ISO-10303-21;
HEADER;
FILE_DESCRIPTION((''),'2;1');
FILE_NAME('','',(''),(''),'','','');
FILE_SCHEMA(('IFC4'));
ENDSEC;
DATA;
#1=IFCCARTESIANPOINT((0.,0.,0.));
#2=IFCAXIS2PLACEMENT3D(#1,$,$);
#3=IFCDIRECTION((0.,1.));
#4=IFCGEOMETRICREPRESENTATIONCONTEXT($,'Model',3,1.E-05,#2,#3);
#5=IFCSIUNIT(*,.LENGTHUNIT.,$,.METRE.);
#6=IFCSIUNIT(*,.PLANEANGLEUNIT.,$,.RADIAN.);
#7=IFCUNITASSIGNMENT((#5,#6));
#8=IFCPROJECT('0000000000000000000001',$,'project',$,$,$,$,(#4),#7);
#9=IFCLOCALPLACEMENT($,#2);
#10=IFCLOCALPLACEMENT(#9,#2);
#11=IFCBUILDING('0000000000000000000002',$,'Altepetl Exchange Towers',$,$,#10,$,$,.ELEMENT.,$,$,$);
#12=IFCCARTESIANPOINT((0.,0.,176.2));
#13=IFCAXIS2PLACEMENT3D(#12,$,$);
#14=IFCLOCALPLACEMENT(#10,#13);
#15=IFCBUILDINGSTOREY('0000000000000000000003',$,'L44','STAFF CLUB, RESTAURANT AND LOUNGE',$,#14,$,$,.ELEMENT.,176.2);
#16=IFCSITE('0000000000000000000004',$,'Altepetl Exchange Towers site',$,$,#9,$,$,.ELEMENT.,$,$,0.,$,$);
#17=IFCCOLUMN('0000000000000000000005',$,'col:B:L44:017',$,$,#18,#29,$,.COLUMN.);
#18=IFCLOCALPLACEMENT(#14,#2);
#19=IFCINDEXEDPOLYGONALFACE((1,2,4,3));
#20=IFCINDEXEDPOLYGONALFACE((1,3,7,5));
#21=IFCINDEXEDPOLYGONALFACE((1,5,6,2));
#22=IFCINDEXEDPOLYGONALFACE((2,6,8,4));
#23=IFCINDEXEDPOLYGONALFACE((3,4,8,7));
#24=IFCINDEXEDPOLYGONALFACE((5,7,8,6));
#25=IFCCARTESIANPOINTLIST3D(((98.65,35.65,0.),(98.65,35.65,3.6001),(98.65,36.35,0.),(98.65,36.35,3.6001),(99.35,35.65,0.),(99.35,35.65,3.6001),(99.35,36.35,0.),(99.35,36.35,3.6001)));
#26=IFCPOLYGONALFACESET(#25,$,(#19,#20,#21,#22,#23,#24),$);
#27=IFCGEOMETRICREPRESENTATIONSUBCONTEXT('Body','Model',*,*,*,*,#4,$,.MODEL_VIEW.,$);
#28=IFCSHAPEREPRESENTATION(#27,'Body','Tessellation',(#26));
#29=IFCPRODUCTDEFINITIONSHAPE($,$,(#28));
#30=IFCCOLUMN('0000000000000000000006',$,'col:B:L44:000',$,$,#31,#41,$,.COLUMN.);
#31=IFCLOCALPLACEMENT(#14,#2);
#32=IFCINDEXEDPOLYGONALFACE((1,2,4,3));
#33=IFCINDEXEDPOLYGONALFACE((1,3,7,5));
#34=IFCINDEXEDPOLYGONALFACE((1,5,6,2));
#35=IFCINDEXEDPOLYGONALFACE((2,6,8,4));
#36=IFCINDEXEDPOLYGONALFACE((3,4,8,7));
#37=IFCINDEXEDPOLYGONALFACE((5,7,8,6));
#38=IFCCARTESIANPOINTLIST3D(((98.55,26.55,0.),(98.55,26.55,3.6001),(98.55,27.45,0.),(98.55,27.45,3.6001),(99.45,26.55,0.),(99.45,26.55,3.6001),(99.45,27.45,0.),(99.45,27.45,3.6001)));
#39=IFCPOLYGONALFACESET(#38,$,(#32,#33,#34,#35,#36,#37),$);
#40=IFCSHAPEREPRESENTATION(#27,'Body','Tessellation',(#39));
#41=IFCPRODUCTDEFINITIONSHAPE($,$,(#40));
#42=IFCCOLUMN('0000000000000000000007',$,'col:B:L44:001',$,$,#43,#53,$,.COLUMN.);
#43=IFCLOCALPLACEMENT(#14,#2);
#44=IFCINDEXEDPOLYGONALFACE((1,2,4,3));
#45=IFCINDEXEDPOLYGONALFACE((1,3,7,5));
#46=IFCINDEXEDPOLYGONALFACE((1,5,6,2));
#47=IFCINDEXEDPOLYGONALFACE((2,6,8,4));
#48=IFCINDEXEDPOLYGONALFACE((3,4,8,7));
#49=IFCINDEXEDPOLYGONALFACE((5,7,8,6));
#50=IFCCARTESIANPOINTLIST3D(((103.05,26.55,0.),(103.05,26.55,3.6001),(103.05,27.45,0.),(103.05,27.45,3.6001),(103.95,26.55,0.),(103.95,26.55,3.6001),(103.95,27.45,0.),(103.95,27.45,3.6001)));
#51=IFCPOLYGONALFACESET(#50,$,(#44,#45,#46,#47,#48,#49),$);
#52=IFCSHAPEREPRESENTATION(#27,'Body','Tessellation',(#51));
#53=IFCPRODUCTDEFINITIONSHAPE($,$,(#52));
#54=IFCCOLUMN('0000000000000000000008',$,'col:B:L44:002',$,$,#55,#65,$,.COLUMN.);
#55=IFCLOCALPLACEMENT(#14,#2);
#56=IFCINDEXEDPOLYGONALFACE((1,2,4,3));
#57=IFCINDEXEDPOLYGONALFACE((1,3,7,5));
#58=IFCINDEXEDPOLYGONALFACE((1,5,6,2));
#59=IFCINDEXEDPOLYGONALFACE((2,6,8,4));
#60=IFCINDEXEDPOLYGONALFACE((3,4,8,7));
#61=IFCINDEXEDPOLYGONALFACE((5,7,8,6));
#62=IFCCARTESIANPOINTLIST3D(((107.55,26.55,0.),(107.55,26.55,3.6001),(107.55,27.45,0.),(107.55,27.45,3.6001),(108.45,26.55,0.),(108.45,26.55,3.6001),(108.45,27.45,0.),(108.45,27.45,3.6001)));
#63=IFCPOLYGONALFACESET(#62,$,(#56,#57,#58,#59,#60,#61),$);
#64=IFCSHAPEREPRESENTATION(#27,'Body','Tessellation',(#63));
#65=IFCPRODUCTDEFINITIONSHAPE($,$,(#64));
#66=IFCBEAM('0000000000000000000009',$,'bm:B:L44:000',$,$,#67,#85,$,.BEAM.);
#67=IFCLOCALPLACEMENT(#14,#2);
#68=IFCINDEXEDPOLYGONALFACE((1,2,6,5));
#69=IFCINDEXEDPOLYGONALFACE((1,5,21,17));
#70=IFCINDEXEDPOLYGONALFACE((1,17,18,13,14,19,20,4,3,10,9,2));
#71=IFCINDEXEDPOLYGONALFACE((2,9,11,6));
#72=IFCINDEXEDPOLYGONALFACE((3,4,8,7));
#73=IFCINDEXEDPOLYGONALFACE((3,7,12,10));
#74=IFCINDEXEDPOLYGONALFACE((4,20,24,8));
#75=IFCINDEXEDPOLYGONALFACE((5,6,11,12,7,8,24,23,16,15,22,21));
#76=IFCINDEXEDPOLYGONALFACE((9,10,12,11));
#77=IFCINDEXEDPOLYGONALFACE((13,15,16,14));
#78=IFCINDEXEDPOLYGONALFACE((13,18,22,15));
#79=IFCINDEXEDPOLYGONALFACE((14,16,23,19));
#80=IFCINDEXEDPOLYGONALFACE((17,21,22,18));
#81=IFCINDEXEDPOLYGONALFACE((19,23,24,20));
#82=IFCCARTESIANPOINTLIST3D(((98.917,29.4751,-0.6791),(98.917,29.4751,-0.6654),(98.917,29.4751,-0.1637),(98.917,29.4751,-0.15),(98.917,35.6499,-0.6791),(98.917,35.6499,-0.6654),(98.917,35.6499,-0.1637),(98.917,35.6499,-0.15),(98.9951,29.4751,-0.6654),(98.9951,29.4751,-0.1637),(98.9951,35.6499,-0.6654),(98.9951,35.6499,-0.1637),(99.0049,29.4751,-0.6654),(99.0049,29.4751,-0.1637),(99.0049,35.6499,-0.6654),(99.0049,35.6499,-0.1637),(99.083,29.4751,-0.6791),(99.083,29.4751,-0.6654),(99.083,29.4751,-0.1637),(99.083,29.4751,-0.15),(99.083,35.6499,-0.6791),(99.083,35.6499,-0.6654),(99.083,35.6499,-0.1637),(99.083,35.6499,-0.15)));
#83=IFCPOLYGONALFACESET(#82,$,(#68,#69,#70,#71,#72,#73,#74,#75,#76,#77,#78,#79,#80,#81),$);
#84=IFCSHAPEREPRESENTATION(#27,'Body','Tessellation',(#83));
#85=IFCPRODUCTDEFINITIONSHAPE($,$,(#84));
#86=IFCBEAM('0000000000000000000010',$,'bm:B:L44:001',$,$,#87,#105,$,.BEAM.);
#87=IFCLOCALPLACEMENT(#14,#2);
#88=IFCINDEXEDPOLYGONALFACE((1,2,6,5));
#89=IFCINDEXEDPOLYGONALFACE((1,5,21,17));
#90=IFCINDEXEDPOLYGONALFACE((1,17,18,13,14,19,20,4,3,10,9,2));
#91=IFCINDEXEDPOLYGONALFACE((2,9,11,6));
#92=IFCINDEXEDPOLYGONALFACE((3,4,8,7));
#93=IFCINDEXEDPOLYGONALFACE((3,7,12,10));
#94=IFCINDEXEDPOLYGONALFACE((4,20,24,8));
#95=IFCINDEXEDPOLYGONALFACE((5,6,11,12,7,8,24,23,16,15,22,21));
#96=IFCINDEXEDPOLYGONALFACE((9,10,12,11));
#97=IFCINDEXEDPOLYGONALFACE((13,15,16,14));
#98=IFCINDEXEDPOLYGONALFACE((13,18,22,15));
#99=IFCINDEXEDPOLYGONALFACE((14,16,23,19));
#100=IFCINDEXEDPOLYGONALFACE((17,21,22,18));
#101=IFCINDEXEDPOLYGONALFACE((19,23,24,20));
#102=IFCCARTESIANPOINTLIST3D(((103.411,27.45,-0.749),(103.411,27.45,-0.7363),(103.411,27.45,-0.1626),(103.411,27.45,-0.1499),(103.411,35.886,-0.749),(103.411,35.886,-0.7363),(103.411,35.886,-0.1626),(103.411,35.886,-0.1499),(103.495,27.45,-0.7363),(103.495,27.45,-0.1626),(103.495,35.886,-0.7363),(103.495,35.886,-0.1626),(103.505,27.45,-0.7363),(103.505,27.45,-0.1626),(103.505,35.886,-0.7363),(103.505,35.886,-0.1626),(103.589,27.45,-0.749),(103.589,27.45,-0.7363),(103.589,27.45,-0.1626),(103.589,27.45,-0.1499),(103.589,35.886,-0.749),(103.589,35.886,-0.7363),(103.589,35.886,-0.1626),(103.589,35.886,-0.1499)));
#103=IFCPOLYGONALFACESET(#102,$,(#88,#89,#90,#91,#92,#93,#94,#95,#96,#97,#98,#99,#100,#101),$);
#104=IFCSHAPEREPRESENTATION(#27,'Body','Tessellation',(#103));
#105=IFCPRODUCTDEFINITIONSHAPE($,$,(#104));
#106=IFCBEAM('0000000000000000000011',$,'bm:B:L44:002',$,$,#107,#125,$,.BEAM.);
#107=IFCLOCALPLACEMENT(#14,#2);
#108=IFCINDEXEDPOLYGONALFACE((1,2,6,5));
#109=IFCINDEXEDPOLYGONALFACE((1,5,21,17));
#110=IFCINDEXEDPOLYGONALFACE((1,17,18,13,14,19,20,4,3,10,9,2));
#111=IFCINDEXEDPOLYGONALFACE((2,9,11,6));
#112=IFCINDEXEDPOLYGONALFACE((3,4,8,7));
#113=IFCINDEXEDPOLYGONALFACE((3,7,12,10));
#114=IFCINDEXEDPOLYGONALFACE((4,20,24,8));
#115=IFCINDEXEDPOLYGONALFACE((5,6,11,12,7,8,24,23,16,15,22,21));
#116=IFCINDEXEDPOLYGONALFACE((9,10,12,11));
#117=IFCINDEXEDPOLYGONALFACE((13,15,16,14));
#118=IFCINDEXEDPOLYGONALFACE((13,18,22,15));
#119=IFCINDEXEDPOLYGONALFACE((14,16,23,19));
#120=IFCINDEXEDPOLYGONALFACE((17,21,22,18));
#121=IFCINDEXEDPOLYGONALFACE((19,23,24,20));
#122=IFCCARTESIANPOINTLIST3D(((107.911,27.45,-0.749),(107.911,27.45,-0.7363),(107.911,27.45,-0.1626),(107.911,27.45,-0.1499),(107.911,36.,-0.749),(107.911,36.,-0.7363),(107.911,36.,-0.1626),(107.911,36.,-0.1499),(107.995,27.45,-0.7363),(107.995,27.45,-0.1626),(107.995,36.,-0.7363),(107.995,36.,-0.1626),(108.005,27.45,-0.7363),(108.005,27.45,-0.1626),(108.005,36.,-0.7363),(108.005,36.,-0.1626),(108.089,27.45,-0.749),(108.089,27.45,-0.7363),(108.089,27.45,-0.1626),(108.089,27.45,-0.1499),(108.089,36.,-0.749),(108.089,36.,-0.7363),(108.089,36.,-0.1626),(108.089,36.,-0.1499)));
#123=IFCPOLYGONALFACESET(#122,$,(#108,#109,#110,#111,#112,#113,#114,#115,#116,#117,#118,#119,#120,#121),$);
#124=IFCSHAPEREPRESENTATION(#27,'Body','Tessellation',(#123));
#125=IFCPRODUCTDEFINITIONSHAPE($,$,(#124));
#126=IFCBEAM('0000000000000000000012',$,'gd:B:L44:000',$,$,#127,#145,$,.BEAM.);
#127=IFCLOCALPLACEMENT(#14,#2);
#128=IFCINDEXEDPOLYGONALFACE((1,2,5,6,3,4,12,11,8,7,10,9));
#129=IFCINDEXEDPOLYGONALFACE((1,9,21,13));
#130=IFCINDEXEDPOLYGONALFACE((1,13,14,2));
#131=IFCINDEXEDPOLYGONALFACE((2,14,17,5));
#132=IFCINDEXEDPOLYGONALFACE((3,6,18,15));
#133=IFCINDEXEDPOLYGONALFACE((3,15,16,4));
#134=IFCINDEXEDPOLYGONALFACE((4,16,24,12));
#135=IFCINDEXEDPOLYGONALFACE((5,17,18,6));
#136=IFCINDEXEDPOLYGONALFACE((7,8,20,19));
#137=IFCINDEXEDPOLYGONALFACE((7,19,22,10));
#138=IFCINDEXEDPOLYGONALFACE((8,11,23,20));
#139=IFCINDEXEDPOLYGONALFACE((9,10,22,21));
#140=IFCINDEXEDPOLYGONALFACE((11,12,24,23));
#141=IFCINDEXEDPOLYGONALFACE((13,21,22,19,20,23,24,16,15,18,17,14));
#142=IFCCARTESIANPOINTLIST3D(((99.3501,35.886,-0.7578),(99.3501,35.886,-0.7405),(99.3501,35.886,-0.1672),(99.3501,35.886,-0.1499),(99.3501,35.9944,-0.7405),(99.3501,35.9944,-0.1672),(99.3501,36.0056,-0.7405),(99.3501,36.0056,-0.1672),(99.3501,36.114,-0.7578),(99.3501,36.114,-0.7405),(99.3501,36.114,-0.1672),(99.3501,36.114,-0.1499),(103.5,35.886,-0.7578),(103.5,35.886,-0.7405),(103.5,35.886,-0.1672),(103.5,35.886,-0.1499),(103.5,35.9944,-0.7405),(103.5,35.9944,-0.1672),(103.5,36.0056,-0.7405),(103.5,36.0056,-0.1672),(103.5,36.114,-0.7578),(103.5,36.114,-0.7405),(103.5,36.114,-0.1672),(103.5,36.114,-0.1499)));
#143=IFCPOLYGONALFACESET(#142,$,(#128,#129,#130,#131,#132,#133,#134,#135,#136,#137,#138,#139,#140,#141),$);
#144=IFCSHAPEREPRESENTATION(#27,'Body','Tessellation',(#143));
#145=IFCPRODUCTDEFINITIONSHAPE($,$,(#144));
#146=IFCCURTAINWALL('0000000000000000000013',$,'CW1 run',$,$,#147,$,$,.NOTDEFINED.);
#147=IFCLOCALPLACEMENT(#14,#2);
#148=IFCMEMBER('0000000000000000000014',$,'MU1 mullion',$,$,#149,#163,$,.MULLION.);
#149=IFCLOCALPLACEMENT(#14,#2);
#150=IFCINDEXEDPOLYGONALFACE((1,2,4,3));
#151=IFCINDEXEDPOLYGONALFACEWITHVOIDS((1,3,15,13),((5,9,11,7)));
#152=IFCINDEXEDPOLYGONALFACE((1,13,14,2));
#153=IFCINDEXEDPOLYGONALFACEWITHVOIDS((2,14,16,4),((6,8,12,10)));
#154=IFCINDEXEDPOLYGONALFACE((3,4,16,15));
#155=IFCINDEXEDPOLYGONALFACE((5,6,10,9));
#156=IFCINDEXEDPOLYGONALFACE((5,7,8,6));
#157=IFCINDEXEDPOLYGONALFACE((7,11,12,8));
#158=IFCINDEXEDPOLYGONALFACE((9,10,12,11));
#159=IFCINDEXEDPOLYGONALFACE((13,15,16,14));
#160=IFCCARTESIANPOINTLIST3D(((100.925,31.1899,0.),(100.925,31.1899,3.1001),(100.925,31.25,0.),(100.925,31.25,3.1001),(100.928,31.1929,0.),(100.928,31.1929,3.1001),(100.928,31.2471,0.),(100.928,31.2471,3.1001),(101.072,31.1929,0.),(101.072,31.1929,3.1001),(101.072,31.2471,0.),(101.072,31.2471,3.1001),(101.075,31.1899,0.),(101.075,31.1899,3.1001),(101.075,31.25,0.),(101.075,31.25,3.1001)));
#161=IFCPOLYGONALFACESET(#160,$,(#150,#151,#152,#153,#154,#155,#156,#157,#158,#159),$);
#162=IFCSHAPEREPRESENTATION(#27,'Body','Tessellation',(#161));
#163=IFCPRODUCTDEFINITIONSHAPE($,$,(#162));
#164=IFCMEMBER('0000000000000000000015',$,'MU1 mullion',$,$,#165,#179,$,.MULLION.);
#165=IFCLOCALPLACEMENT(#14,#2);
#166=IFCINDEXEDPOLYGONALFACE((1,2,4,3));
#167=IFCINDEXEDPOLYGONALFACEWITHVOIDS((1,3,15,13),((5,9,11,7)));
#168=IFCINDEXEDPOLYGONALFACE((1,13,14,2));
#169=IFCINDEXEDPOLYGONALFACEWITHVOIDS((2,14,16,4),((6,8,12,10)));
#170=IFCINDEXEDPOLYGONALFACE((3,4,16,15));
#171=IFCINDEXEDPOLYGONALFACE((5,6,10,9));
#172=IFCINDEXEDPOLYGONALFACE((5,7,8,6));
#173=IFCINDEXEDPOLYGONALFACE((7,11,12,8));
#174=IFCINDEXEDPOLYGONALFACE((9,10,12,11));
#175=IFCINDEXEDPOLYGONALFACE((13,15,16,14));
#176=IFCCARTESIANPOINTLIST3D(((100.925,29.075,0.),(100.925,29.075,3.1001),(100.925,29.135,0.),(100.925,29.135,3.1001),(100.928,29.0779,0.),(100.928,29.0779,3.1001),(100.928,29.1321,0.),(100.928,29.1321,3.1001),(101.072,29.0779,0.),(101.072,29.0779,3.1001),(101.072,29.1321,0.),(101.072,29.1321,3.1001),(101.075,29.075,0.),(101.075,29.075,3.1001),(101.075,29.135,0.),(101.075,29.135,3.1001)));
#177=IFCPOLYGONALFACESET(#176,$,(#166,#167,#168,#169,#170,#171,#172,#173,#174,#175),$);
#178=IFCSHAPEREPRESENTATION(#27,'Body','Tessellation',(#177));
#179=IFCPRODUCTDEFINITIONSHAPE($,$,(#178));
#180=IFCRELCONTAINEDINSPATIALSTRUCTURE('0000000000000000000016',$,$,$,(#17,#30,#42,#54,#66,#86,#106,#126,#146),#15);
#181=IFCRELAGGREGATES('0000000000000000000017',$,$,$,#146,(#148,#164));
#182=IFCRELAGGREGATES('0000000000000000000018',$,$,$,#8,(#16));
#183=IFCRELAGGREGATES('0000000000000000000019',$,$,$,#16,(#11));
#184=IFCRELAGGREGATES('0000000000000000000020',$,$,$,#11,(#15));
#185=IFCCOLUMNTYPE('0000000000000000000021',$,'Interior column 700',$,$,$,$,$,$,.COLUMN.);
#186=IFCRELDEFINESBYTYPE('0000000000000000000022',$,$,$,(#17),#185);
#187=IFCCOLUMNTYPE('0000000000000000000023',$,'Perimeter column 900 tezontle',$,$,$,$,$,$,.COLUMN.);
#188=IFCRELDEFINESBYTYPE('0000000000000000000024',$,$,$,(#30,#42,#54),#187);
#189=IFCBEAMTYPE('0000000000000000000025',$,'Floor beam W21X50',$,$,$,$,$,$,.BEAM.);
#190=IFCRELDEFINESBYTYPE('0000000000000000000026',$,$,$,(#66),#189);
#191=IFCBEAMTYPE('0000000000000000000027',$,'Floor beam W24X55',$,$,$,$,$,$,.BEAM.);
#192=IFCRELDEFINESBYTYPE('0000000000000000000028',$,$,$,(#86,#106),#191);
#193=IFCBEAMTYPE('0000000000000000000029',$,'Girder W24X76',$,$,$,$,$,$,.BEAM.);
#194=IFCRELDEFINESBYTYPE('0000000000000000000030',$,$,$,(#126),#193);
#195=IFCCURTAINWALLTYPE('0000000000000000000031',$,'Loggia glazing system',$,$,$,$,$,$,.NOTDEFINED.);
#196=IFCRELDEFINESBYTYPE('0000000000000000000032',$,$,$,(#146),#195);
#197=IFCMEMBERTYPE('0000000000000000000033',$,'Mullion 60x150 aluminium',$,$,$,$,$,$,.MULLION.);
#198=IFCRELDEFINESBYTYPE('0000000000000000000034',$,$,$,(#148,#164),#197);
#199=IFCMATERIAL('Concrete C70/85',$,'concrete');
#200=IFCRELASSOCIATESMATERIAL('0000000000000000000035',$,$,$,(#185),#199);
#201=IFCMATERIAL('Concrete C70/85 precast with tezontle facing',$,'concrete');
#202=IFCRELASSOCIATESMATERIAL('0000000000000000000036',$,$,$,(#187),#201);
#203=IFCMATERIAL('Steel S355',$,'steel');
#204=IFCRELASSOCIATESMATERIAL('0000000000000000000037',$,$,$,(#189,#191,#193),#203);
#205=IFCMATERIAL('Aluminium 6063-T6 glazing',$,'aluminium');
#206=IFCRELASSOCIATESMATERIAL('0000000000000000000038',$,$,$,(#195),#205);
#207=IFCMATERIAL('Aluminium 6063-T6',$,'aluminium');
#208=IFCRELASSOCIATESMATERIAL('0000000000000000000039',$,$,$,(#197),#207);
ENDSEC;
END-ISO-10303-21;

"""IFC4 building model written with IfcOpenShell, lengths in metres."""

from ifc_helpers import new_model, si_unit, direction, frame, origin, origin_2d, place, context, subcontext, project, spatial, rectangle, hollow_rectangle, i_section, extrude, material, material_profile, profile_set, type_object, element, aggregate, save


model = new_model("IFC4")

# Units and contexts
model_context = context("Model", 3, precision=1e-05, world=origin(), true_north=direction((0.0, 1.0)))
body_context = subcontext(model_context, "Body", "Model", "MODEL_VIEW")
ifc_project = project(units=[si_unit("LENGTHUNIT", "METRE"), si_unit("PLANEANGLEUNIT", "RADIAN")], contexts=[model_context])

# Site, building, storey
site_placement = place(None, origin())
site = spatial("IfcSite", under=ifc_project, at=site_placement, Name="Altepetl Exchange Towers site", CompositionType="ELEMENT", RefElevation=0.0)
building_placement = place(site_placement, origin())
building = spatial("IfcBuilding", under=site, at=building_placement, Name="Altepetl Exchange Towers", CompositionType="ELEMENT")
storey_placement = place(building_placement, frame((0.0, 0.0, 176.2)))
storey = spatial("IfcBuildingStorey", under=building, at=storey_placement, Name="L44", Description="STAFF CLUB, RESTAURANT AND LOUNGE", CompositionType="ELEMENT", Elevation=176.2)

# Columns
ifc_material_1 = material(Name="Concrete C70/85", Category="concrete")
ifc_material_profile_1 = material_profile(ifc_material_1, rectangle(XDim=0.7, YDim=0.7, at=origin_2d()), Name="700 x 700")
ifc_profile_set_1 = profile_set([ifc_material_profile_1], Name="Concrete C70/85")
column_type_1 = type_object("IfcColumnType", Name="Interior column 700", PredefinedType="COLUMN", material=ifc_profile_set_1)
column_placement = place(storey_placement, frame((99.0, 36.0, 0.0)))
element("IfcColumn", 1, at=column_placement, inside=storey, type_object=column_type_1, Name="col:B:L44:017", PredefinedType="COLUMN", context=body_context, shape_type="SweptSolid", body=[
    extrude(rectangle(XDim=0.7, YDim=0.7, at=origin_2d()), origin(), (0.0, 0.0, 1.0), 3.6001),
])
ifc_material_2 = material(Name="Concrete C70/85 precast with tezontle facing", Category="concrete")
ifc_material_profile_2 = material_profile(ifc_material_2, rectangle(XDim=0.8999, YDim=0.8999, at=origin_2d()), Name="900 x 900")
ifc_profile_set_2 = profile_set([ifc_material_profile_2], Name="Concrete C70/85 precast with tezontle facing")
column_type_2 = type_object("IfcColumnType", Name="Perimeter column 900 tezontle", PredefinedType="COLUMN", material=ifc_profile_set_2)
for number, where, name in (
    (2, (99.0, 27.0, 0.0), "col:B:L44:000"),
    (3, (103.5, 27.0, 0.0), "col:B:L44:001"),
    (4, (108.0, 27.0, 0.0), "col:B:L44:002"),
):
    element("IfcColumn", number, at=place(storey_placement, frame(where)), inside=storey, type_object=column_type_2, Name=name, PredefinedType="COLUMN", context=body_context, shape_type="SweptSolid", body=[
        extrude(rectangle(XDim=0.8999, YDim=0.8999, at=origin_2d()), origin(), (0.0, 0.0, 1.0), 3.6001),
    ])

# Beams
ifc_material_3 = material(Name="Steel S355", Category="steel")
ifc_material_profile_3 = material_profile(ifc_material_3, i_section(OverallWidth=0.166, OverallDepth=0.5291, WebThickness=0.0098, FlangeThickness=0.0137, at=origin_2d()), Name="W21X50")
ifc_profile_set_3 = profile_set([ifc_material_profile_3], Name="Steel S355")
beam_type_1 = type_object("IfcBeamType", Name="Floor beam W21X50", PredefinedType="BEAM", material=ifc_profile_set_3)
beam_1_placement = place(storey_placement, frame((99.0, 29.4751, -0.4146), z_axis=(0.0, 1.0, 0.0), x_axis=(-1.0, 0.0, 0.0)))
element("IfcBeam", 5, at=beam_1_placement, inside=storey, type_object=beam_type_1, Name="bm:B:L44:000", PredefinedType="BEAM", context=body_context, shape_type="SweptSolid", body=[
    extrude(i_section(OverallWidth=0.166, OverallDepth=0.5291, WebThickness=0.0098, FlangeThickness=0.0137, at=origin_2d()), origin(), (0.0, 0.0, 1.0), 6.1748),
])
ifc_material_profile_4 = material_profile(ifc_material_3, i_section(OverallWidth=0.178, OverallDepth=0.5991, WebThickness=0.01, FlangeThickness=0.0127, at=origin_2d()), Name="W24X55")
ifc_profile_set_4 = profile_set([ifc_material_profile_4], Name="Steel S355")
beam_type_2 = type_object("IfcBeamType", Name="Floor beam W24X55", PredefinedType="BEAM", material=ifc_profile_set_4)
beam_2_placement = place(storey_placement, frame((103.5, 27.45, -0.4495), z_axis=(0.0, 1.0, 0.0), x_axis=(-1.0, 0.0, 0.0)))
element("IfcBeam", 6, at=beam_2_placement, inside=storey, type_object=beam_type_2, Name="bm:B:L44:001", PredefinedType="BEAM", context=body_context, shape_type="SweptSolid", body=[
    extrude(i_section(OverallWidth=0.178, OverallDepth=0.5991, WebThickness=0.01, FlangeThickness=0.0127, at=origin_2d()), origin(), (0.0, 0.0, 1.0), 8.436),
])
beam_3_placement = place(storey_placement, frame((108.0, 27.45, -0.4495), z_axis=(0.0, 1.0, 0.0), x_axis=(-1.0, 0.0, 0.0)))
element("IfcBeam", 7, at=beam_3_placement, inside=storey, type_object=beam_type_2, Name="bm:B:L44:002", PredefinedType="BEAM", context=body_context, shape_type="SweptSolid", body=[
    extrude(i_section(OverallWidth=0.178, OverallDepth=0.5991, WebThickness=0.01, FlangeThickness=0.0127, at=origin_2d()), origin(), (0.0, 0.0, 1.0), 8.55),
])
ifc_material_profile_5 = material_profile(ifc_material_3, i_section(OverallWidth=0.228, OverallDepth=0.6079, WebThickness=0.0112, FlangeThickness=0.0173, at=origin_2d()), Name="W24X76")
ifc_profile_set_5 = profile_set([ifc_material_profile_5], Name="Steel S355")
beam_type_3 = type_object("IfcBeamType", Name="Girder W24X76", PredefinedType="BEAM", material=ifc_profile_set_5)
beam_4_placement = place(storey_placement, frame((103.5, 36.0, -0.4539), z_axis=(-1.0, 0.0, 0.0), x_axis=(0.0, -1.0, 0.0)))
element("IfcBeam", 8, at=beam_4_placement, inside=storey, type_object=beam_type_3, Name="gd:B:L44:000", PredefinedType="BEAM", context=body_context, shape_type="SweptSolid", body=[
    extrude(i_section(OverallWidth=0.228, OverallDepth=0.6079, WebThickness=0.0112, FlangeThickness=0.0173, at=origin_2d()), origin(), (0.0, 0.0, 1.0), 4.1499),
])

# Curtain wall, members
ifc_material_4 = material(Name="Aluminium 6063-T6 glazing", Category="aluminium")
curtain_wall_type = type_object("IfcCurtainWallType", Name="Loggia glazing system", PredefinedType="NOTDEFINED", material=ifc_material_4)
curtain_wall_1_placement = place(storey_placement, origin())
curtain_wall_1 = element("IfcCurtainWall", 9, at=curtain_wall_1_placement, inside=storey, type_object=curtain_wall_type, Name="CW1 run", PredefinedType="NOTDEFINED")
ifc_material_5 = material(Name="Aluminium 6063-T6", Category="aluminium")
ifc_material_profile_6 = material_profile(ifc_material_5, hollow_rectangle(XDim=0.0601, YDim=0.1499, WallThickness=0.0029, at=origin_2d()), Name="Mullion 60x150 aluminium")
ifc_profile_set_6 = profile_set([ifc_material_profile_6], Name="Aluminium 6063-T6")
member_type = type_object("IfcMemberType", Name="Mullion 60x150 aluminium", PredefinedType="MULLION", material=ifc_profile_set_6)
member_1_placement = place(storey_placement, frame((101.0, 31.22, 0.0), z_axis=(0.0, 0.0, 1.0), x_axis=(0.0, -1.0, 0.0)))
member_1 = element("IfcMember", 10, at=member_1_placement, type_object=member_type, Name="MU1 mullion", PredefinedType="MULLION", context=body_context, shape_type="SweptSolid", body=[
    extrude(hollow_rectangle(XDim=0.0601, YDim=0.1499, WallThickness=0.0029, at=origin_2d()), origin(), (0.0, 0.0, 1.0), 3.1001),
])
member_2_placement = place(storey_placement, frame((101.0, 29.105, 0.0), z_axis=(0.0, 0.0, 1.0), x_axis=(0.0, -1.0, 0.0)))
member_2 = element("IfcMember", 11, at=member_2_placement, type_object=member_type, Name="MU1 mullion", PredefinedType="MULLION", context=body_context, shape_type="SweptSolid", body=[
    extrude(hollow_rectangle(XDim=0.0601, YDim=0.1499, WallThickness=0.0029, at=origin_2d()), origin(), (0.0, 0.0, 1.0), 3.1001),
])

aggregate(curtain_wall_1, [member_1, member_2])

save(model, "model.ifc")
